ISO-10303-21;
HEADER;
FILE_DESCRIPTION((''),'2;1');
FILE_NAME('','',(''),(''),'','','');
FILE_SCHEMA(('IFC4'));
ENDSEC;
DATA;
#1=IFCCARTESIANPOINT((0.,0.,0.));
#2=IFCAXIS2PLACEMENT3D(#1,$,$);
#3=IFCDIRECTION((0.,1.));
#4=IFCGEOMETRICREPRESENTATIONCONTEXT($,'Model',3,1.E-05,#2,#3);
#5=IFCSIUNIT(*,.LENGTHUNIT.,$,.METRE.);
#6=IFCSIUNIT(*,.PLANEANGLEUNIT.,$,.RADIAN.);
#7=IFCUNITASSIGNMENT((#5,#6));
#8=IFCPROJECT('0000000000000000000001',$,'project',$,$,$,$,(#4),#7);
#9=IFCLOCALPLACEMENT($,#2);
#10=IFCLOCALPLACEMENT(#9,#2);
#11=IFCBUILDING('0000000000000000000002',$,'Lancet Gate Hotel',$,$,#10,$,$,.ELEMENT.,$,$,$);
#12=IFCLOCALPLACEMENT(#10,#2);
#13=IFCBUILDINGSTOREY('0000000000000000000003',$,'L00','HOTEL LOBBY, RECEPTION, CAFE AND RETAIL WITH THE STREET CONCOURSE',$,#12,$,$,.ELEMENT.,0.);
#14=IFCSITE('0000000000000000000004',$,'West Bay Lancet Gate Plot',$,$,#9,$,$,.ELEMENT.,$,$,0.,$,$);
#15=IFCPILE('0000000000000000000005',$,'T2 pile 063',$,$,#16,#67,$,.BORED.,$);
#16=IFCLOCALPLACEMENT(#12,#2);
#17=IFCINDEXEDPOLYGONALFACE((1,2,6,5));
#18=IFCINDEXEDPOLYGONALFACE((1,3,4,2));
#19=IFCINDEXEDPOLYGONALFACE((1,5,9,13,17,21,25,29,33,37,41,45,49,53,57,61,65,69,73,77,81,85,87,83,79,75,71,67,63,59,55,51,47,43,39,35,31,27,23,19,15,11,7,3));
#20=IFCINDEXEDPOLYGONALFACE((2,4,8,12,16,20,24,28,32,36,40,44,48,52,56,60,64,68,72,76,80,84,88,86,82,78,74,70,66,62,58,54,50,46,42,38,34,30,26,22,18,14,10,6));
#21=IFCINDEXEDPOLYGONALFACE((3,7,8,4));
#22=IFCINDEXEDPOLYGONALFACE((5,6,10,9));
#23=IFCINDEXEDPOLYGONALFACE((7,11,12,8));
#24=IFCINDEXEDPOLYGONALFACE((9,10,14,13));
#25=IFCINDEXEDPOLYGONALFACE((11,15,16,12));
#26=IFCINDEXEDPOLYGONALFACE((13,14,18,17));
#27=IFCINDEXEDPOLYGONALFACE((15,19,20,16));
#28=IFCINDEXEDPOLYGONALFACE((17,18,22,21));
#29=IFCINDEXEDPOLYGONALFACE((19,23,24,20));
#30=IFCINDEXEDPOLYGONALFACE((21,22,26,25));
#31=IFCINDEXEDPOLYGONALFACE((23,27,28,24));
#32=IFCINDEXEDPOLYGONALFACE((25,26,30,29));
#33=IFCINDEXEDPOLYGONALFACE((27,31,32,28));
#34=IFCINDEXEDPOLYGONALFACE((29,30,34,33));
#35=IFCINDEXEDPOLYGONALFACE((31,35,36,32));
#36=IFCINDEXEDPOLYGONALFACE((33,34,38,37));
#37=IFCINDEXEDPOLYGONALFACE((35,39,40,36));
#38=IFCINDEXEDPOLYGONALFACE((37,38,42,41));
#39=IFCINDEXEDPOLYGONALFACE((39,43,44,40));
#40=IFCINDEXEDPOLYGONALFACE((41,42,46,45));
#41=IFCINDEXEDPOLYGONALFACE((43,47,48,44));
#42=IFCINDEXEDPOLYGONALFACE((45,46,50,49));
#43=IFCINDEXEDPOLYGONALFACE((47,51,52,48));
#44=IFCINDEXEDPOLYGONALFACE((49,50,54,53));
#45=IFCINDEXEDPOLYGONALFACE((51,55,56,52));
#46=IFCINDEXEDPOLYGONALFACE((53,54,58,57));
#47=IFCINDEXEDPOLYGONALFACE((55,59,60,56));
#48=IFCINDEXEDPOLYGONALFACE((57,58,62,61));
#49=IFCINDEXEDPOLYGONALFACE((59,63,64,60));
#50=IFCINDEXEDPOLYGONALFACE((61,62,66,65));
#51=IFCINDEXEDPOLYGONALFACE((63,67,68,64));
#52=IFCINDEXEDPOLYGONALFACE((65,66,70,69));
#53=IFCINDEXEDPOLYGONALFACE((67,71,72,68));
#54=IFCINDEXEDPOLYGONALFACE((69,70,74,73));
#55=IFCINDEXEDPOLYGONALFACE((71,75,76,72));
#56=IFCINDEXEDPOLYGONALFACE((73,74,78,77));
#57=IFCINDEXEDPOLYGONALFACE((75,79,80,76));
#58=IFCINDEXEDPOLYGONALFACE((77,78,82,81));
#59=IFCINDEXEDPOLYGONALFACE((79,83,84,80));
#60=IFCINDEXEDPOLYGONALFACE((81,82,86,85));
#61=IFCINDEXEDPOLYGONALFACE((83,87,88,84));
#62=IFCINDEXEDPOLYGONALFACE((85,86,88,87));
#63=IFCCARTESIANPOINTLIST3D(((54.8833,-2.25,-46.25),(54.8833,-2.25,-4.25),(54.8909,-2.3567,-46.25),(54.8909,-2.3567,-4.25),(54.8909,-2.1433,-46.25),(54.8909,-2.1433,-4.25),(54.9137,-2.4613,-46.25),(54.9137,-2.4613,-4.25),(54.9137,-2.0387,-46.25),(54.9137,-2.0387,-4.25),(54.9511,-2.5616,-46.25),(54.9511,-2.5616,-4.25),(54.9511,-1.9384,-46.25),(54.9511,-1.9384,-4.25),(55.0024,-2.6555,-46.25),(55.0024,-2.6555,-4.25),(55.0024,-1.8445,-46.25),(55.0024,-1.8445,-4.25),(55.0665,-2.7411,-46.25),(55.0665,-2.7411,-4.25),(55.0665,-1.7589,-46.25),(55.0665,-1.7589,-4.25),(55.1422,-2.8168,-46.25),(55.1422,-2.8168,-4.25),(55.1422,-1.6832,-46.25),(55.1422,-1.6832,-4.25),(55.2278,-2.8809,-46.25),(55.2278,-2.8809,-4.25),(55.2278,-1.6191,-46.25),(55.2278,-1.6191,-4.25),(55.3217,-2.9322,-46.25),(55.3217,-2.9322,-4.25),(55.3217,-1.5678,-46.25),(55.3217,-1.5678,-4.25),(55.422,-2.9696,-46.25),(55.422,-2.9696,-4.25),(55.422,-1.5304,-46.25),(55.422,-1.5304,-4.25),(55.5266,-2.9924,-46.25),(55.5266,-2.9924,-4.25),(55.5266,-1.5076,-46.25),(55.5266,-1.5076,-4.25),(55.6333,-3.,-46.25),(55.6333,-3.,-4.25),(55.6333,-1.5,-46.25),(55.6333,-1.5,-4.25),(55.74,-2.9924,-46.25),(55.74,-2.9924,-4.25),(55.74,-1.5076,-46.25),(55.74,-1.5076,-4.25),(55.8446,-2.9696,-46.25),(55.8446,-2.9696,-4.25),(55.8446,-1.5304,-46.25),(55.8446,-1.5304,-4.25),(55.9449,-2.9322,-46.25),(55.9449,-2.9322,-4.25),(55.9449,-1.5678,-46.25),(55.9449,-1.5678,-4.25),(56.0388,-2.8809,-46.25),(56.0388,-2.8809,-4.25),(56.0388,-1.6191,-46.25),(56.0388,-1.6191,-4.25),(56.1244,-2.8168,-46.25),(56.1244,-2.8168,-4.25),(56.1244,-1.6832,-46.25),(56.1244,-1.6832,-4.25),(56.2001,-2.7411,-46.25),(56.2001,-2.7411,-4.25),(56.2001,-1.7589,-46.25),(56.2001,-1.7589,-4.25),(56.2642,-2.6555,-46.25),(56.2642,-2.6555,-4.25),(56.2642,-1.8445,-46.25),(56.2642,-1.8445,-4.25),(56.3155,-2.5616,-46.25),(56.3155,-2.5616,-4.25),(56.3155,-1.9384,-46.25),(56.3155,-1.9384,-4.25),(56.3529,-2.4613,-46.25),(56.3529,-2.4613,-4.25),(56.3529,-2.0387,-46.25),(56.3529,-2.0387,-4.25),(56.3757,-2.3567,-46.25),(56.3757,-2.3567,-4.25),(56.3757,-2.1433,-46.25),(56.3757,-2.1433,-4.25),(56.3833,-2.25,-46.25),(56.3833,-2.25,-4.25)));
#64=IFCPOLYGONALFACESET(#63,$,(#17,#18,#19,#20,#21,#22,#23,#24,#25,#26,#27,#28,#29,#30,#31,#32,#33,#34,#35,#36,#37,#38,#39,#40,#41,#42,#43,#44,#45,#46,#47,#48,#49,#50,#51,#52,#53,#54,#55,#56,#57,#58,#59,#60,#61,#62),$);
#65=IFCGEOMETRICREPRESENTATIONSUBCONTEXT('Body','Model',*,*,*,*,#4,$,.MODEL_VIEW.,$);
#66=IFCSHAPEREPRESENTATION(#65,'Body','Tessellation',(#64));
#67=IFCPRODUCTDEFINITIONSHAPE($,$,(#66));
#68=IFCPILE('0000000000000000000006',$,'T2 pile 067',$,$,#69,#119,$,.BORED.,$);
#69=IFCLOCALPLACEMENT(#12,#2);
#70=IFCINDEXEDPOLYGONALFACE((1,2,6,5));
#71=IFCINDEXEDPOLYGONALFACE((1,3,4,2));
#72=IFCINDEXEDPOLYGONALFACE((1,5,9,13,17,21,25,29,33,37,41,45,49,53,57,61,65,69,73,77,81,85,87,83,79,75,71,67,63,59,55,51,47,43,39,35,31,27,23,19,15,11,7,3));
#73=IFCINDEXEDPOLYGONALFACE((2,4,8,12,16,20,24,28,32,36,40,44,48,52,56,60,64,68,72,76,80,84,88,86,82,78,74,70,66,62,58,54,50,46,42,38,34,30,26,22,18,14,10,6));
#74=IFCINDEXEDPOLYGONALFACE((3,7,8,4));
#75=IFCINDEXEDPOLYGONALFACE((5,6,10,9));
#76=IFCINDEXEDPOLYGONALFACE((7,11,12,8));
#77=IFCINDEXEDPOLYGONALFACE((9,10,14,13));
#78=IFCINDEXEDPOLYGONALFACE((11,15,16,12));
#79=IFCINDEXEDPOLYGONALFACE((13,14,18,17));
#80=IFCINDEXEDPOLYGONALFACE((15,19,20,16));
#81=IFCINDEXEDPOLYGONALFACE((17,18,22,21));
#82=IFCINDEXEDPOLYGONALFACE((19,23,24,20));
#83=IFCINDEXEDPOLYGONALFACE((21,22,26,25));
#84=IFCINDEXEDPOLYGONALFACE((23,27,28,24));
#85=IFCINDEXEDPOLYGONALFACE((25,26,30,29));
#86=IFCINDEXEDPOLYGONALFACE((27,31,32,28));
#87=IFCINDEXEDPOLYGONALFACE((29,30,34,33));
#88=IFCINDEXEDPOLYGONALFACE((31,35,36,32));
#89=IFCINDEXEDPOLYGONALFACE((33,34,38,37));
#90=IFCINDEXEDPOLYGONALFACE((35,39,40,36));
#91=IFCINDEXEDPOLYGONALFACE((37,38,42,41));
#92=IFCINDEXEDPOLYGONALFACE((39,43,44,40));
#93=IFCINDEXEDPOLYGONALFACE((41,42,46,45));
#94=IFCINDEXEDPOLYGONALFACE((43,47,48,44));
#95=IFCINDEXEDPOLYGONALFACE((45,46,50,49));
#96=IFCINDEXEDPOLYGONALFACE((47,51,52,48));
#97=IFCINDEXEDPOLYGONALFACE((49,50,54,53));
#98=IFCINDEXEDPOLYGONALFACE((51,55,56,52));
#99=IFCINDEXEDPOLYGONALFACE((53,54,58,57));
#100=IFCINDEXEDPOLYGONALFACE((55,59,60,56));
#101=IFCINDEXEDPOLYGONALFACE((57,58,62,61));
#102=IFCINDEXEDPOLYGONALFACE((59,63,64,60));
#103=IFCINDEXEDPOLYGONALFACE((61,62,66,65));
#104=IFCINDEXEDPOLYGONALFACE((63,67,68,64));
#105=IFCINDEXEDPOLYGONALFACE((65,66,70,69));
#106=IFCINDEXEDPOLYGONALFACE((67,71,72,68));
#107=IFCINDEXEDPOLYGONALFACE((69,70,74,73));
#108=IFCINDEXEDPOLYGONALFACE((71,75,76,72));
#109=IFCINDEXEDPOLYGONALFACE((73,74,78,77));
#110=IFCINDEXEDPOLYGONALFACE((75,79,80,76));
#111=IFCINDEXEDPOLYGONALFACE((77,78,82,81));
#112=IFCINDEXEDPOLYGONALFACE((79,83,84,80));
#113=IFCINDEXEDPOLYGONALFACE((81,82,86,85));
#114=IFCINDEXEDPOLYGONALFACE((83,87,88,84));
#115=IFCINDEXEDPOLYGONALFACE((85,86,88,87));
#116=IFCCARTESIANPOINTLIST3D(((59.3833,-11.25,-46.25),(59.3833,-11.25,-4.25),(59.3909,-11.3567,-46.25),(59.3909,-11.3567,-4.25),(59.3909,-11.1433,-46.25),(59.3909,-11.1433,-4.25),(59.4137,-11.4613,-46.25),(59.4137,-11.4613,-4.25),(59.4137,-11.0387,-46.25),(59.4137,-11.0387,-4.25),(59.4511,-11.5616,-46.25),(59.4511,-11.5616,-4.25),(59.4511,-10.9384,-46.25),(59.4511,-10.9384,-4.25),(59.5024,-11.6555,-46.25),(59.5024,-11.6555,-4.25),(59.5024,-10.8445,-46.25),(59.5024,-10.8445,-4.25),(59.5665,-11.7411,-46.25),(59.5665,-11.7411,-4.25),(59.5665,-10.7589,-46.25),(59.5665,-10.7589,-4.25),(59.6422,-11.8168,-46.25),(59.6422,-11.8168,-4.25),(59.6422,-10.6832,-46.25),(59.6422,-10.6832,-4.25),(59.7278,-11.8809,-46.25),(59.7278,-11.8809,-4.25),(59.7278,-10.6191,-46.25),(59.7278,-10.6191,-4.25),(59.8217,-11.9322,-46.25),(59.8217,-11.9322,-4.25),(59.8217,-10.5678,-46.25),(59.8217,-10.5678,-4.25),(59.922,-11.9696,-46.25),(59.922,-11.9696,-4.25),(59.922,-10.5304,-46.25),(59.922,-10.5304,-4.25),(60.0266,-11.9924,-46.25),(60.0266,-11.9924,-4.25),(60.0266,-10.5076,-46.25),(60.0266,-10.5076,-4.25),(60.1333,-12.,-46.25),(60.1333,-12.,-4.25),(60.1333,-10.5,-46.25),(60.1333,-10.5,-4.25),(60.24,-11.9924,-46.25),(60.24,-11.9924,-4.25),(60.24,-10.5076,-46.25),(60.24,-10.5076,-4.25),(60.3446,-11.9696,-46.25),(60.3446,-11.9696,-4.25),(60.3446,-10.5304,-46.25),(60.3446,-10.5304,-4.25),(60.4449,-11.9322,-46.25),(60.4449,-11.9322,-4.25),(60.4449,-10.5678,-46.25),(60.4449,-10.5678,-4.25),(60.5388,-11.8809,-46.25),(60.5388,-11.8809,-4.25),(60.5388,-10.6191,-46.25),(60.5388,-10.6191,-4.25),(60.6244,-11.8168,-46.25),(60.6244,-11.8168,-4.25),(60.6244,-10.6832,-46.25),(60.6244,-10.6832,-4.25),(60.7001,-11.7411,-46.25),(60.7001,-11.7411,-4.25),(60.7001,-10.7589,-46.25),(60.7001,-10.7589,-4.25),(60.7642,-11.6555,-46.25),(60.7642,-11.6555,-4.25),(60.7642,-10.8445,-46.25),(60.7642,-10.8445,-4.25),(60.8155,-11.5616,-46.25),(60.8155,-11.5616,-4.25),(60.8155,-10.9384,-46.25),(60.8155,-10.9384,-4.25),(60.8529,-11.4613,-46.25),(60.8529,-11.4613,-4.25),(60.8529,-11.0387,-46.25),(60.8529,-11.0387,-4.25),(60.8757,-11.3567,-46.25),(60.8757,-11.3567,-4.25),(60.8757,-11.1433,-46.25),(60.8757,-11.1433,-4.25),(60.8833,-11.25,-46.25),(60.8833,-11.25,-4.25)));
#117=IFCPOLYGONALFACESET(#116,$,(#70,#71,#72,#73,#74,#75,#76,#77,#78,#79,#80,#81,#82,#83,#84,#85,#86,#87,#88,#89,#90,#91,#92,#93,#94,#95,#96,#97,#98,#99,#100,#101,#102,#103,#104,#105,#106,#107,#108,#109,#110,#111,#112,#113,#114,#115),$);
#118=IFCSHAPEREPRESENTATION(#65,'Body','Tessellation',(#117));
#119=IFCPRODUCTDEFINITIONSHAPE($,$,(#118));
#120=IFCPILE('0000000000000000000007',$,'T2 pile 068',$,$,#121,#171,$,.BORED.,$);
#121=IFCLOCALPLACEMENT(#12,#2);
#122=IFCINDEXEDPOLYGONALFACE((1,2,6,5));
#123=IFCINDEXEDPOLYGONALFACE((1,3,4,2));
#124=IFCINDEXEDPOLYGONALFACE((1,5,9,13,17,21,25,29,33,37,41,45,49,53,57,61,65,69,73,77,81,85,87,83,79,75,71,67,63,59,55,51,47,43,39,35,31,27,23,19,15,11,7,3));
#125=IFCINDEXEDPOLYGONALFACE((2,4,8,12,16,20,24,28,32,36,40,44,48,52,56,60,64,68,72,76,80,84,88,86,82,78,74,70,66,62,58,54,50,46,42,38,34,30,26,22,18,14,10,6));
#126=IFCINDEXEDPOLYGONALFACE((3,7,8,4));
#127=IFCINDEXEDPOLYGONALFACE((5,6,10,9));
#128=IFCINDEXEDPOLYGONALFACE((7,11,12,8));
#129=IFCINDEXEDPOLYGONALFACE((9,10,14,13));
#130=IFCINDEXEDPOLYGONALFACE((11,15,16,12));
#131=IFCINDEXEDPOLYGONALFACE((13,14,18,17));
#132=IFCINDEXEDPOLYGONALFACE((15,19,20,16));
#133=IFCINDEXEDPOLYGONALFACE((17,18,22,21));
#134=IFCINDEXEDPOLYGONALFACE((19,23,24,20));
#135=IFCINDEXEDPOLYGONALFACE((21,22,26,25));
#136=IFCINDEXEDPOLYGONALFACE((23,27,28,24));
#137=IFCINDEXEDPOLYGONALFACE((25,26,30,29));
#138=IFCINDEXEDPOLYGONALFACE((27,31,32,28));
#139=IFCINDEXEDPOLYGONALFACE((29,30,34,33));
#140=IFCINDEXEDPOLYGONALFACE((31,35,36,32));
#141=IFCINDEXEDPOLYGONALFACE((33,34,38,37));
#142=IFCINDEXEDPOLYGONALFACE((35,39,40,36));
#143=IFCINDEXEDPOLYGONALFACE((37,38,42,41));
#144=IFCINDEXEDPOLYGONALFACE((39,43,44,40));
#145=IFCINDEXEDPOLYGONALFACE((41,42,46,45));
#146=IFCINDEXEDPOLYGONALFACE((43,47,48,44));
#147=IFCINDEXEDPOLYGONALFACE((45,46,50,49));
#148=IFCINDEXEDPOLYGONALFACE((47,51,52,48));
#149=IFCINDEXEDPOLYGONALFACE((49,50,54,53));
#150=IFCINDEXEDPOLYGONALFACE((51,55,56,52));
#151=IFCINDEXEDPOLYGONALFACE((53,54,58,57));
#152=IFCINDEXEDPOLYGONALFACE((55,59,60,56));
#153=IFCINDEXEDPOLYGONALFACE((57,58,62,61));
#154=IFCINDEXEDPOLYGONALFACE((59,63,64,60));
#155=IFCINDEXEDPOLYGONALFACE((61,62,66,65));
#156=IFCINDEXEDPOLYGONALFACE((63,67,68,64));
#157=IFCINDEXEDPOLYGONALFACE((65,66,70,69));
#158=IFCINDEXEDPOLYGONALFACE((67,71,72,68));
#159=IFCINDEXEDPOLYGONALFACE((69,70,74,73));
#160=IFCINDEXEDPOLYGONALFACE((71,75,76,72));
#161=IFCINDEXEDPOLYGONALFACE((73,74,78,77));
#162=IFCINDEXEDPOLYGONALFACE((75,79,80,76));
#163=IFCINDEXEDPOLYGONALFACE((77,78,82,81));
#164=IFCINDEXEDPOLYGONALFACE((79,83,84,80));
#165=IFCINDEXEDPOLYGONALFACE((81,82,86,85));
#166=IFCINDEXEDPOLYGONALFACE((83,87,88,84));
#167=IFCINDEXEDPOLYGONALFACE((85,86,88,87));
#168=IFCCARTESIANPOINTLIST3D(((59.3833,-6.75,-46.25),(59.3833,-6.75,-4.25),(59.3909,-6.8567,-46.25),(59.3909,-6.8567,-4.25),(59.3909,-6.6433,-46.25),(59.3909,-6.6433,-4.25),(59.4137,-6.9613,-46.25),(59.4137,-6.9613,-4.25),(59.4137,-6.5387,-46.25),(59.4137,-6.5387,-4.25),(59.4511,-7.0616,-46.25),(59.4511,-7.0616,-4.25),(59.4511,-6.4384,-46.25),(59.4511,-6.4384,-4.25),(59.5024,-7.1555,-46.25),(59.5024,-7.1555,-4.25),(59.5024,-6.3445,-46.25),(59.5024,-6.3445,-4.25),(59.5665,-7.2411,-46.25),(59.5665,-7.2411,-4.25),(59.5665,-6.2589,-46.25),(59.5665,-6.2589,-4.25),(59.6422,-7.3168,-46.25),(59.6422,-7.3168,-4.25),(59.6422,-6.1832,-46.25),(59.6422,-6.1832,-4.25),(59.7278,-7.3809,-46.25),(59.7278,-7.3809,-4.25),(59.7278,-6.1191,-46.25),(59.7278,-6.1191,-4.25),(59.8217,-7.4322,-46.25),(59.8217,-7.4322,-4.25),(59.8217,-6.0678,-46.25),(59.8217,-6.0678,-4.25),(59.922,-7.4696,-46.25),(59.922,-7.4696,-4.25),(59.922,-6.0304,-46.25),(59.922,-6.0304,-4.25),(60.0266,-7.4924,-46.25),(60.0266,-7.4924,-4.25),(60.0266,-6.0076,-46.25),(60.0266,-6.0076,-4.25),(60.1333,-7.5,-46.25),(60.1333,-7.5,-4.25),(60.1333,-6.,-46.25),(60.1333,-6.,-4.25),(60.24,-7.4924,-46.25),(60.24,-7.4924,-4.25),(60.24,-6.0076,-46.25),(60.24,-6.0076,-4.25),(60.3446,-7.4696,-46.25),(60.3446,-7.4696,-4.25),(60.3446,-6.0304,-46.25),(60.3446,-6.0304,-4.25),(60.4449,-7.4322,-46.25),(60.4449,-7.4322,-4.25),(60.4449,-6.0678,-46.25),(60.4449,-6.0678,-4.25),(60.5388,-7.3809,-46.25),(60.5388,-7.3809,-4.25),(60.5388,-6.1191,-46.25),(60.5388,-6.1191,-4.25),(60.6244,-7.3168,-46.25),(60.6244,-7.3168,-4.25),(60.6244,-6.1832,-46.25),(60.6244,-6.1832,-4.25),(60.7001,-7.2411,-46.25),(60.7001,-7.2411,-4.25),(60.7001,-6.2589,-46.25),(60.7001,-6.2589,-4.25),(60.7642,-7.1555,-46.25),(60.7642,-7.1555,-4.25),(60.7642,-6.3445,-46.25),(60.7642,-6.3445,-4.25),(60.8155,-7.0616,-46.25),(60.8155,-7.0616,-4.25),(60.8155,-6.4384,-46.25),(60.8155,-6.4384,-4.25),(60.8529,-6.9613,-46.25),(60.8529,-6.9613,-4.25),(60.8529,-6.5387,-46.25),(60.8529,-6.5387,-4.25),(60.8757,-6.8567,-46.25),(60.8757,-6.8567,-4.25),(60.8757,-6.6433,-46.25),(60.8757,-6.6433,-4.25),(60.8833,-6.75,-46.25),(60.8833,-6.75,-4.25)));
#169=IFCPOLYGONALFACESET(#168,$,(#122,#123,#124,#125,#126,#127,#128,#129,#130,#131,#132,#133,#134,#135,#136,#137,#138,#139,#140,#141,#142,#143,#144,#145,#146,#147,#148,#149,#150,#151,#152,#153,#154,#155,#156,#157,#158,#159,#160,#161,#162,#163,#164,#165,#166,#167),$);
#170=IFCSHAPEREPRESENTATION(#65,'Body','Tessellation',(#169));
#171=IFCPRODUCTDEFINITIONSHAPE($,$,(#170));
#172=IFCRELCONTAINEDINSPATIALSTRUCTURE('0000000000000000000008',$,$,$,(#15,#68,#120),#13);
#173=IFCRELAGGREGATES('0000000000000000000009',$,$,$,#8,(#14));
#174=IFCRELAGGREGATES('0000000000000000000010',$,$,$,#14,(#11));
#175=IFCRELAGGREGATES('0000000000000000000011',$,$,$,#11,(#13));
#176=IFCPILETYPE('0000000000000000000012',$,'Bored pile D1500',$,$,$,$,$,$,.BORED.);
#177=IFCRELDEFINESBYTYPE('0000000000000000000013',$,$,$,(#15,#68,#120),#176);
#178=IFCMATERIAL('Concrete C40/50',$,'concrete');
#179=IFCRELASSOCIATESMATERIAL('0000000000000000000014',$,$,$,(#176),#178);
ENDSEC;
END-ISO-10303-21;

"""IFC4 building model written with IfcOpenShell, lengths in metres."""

from ifc_helpers import new_model, si_unit, direction, frame, origin, origin_2d, place, context, subcontext, project, spatial, circle, extrude, material, material_profile, profile_set, type_object, element, save


model = new_model("IFC4")

# Units and contexts
model_context = context("Model", 3, precision=1e-05, world=origin(), true_north=direction((0.0, 1.0)))
body_context = subcontext(model_context, "Body", "Model", "MODEL_VIEW")
ifc_project = project(units=[si_unit("LENGTHUNIT", "METRE"), si_unit("PLANEANGLEUNIT", "RADIAN")], contexts=[model_context])

# Site, building, storey
site_placement = place(None, origin())
site = spatial("IfcSite", under=ifc_project, at=site_placement, Name="West Bay Lancet Gate Plot", CompositionType="ELEMENT", RefElevation=0.0)
building_placement = place(site_placement, origin())
building = spatial("IfcBuilding", under=site, at=building_placement, Name="Lancet Gate Hotel", CompositionType="ELEMENT")
storey_placement = place(building_placement, origin())
storey = spatial("IfcBuildingStorey", under=building, at=storey_placement, Name="L00", Description="HOTEL LOBBY, RECEPTION, CAFE AND RETAIL WITH THE STREET CONCOURSE", CompositionType="ELEMENT", Elevation=0.0)

# Piles
ifc_material_1 = material(Name="Concrete C40/50", Category="concrete")
ifc_material_profile_1 = material_profile(ifc_material_1, circle(Radius=0.75, at=origin_2d()), Name="PILE D1500")
ifc_profile_set_1 = profile_set([ifc_material_profile_1], Name="Concrete C40/50")
pile_type = type_object("IfcPileType", Name="Bored pile D1500", PredefinedType="BORED", material=ifc_profile_set_1)
for number, where, z_axis, x_axis, name in (
    (1, (55.6333, -2.25, -4.25), (0.0, 0.0, -1.0), (1.0, 0.0, 0.0), "T2 pile 063"),
    (2, (60.1333, -11.25, -4.25), (0.0, 0.0, -1.0), (1.0, 0.0, 0.0), "T2 pile 067"),
    (3, (60.1333, -6.75, -4.25), (0.0, 0.0, -1.0), (1.0, 0.0, 0.0), "T2 pile 068"),
):
    element("IfcPile", number, at=place(storey_placement, frame(where, z_axis=z_axis, x_axis=x_axis)), inside=storey, type_object=pile_type, Name=name, PredefinedType="BORED", context=body_context, shape_type="SweptSolid", body=[
        extrude(circle(Radius=0.75, at=origin_2d()), origin(), (0.0, 0.0, 1.0), 42.0),
    ])

save(model, "model.ifc")
